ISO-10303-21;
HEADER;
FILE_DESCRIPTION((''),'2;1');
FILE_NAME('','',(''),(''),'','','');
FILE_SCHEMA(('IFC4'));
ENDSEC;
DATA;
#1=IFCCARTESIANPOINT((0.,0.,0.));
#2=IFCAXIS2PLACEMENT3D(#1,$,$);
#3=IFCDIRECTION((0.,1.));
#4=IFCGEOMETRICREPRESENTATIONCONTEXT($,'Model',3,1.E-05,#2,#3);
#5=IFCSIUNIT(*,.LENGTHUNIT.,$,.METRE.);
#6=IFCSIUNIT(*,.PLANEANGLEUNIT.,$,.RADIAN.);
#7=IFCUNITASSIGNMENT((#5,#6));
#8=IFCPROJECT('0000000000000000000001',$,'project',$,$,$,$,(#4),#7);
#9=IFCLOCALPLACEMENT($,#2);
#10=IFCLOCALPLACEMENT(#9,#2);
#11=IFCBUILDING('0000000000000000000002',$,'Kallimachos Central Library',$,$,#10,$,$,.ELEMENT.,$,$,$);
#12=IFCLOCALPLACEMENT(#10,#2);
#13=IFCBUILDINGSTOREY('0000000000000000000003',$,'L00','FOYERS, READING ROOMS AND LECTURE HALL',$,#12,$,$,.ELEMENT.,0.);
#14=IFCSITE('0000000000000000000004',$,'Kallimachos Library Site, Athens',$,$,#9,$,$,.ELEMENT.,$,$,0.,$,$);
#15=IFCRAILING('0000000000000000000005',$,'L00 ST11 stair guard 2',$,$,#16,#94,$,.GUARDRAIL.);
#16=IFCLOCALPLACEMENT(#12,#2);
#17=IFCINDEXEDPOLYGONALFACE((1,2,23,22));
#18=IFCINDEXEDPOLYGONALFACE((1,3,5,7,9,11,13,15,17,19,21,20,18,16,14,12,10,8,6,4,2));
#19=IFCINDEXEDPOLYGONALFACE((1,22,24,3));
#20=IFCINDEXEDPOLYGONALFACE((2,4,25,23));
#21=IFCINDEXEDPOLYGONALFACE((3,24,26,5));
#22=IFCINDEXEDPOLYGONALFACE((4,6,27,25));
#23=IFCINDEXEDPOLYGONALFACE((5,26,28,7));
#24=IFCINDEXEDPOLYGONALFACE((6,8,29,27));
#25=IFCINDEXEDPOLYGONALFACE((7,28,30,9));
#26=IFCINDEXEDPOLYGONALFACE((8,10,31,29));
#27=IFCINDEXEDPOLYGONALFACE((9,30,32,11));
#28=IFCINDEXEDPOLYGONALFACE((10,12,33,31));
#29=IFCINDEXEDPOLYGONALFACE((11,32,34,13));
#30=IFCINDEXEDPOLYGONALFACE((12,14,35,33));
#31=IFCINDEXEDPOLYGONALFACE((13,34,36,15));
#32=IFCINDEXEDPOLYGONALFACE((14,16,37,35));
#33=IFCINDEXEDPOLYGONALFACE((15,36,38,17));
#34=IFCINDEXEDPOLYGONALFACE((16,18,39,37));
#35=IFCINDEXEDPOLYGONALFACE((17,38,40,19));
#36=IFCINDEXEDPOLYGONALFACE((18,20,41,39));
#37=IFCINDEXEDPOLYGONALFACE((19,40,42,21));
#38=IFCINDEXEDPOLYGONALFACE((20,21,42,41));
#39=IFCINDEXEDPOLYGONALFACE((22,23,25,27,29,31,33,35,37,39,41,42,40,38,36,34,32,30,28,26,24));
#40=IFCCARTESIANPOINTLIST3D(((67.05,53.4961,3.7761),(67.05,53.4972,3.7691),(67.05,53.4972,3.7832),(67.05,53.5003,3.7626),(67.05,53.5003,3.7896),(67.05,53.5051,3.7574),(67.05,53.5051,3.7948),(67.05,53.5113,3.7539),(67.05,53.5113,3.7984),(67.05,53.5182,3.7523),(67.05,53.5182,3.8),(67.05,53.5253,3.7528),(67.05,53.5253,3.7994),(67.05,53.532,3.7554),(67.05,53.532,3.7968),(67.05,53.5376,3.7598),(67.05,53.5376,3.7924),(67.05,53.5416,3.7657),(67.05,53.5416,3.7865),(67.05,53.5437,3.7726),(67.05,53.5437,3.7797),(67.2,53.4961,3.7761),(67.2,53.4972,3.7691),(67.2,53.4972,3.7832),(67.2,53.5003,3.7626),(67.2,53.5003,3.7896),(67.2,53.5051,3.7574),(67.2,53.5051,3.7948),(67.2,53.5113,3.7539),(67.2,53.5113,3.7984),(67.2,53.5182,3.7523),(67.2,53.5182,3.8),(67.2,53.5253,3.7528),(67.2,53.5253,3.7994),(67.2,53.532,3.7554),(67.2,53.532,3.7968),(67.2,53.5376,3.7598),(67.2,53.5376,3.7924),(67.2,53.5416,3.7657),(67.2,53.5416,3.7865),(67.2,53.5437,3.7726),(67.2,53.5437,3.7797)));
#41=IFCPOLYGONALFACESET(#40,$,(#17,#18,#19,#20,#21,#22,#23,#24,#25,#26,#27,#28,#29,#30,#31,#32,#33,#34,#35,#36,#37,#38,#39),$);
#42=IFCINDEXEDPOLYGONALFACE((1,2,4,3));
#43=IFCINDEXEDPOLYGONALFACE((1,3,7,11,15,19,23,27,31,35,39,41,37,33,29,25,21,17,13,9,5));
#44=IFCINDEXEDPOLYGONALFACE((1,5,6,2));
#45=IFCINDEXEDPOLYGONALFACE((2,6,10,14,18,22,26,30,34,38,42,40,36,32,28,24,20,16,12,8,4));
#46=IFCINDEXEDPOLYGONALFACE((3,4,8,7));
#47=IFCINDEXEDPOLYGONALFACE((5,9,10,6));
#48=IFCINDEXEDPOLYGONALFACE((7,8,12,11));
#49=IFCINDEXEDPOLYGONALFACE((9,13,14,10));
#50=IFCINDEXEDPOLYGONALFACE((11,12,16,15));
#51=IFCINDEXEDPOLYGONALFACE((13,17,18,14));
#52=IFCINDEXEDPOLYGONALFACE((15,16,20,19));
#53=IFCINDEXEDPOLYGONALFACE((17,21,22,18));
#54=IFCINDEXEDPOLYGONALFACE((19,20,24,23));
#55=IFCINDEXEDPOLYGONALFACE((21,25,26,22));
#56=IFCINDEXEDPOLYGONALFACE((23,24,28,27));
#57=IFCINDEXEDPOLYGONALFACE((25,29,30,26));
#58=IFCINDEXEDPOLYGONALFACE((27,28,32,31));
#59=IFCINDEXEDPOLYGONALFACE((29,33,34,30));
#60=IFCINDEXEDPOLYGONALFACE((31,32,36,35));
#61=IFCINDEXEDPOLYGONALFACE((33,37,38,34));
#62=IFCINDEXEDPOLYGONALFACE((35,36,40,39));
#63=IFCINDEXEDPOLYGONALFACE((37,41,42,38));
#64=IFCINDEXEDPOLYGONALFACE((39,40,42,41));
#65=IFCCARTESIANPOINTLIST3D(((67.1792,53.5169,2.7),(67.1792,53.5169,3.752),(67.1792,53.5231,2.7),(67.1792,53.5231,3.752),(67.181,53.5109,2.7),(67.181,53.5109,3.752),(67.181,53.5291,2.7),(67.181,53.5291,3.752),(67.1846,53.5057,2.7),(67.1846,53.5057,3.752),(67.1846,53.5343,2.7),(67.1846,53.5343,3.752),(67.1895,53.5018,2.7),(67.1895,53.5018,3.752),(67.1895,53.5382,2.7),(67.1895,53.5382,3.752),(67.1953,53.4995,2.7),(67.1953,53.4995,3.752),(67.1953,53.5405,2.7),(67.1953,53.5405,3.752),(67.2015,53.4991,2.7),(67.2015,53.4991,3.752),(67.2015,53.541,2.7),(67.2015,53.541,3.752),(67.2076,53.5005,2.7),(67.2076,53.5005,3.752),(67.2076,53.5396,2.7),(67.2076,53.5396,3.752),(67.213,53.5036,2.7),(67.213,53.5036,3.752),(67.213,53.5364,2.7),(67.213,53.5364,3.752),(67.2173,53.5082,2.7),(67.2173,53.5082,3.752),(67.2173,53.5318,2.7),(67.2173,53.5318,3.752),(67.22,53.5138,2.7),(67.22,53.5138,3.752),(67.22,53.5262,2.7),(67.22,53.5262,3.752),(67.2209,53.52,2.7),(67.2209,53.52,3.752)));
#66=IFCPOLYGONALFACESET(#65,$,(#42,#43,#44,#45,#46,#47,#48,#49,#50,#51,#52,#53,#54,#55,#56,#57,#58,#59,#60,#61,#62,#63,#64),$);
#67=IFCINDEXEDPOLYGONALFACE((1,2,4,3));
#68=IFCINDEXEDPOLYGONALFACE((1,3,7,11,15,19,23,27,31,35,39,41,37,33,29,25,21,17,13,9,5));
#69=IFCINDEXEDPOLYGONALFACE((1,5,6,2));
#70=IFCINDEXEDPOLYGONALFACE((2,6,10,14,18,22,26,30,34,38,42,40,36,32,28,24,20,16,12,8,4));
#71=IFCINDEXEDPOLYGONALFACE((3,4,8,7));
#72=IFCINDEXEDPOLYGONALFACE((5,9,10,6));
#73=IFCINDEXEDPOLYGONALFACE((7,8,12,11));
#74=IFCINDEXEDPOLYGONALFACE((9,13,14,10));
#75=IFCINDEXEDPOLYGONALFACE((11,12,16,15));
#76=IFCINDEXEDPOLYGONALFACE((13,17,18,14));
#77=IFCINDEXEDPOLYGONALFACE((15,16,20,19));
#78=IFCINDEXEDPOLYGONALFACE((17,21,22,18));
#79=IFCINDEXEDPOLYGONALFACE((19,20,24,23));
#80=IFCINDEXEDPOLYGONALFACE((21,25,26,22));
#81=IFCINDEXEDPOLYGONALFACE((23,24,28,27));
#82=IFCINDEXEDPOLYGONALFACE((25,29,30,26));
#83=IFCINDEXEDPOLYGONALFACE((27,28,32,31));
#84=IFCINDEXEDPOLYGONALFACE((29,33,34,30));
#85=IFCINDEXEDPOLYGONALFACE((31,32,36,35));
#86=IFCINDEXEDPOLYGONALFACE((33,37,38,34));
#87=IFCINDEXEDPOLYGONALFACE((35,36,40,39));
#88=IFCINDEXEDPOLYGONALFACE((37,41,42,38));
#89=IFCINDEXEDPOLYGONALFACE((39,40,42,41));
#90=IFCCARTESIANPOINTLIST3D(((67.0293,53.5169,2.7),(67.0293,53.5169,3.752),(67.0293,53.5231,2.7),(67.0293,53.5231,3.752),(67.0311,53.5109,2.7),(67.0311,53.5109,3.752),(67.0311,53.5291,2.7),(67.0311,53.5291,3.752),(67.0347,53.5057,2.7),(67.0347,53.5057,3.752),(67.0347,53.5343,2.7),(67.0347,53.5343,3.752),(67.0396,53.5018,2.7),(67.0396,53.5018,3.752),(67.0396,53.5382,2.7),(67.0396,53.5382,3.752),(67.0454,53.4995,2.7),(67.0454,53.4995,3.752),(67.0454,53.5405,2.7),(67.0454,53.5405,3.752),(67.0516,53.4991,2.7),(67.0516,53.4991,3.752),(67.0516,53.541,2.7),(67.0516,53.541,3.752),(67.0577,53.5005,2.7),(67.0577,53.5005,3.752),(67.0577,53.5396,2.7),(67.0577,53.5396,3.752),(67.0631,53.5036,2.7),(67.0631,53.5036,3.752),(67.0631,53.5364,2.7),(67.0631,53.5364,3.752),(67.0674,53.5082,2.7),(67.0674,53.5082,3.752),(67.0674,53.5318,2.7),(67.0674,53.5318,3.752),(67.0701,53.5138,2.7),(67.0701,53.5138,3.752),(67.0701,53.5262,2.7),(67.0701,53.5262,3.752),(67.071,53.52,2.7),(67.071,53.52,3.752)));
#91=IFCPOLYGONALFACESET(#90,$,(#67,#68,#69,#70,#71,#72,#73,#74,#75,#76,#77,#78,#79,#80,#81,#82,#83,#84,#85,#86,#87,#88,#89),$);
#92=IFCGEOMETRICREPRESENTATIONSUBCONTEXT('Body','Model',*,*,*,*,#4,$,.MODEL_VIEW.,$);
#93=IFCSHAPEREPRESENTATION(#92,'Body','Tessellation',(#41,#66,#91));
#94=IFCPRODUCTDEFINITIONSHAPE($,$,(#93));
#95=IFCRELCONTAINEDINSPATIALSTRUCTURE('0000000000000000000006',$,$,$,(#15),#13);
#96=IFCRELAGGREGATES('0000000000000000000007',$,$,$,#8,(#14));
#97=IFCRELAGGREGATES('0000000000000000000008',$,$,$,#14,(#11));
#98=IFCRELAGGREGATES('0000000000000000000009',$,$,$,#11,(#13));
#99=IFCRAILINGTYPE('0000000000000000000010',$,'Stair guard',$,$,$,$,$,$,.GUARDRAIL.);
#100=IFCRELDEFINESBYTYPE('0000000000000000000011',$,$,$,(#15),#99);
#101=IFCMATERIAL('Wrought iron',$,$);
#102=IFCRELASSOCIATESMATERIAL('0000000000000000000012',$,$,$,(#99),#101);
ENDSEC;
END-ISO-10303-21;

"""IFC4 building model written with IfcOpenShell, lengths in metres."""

from ifc_helpers import new_model, si_unit, direction, frame, origin, origin_2d, place, context, subcontext, project, spatial, circle, extrude, material, type_object, element, save


model = new_model("IFC4")

# Units and contexts
model_context = context("Model", 3, precision=1e-05, world=origin(), true_north=direction((0.0, 1.0)))
body_context = subcontext(model_context, "Body", "Model", "MODEL_VIEW")
ifc_project = project(units=[si_unit("LENGTHUNIT", "METRE"), si_unit("PLANEANGLEUNIT", "RADIAN")], contexts=[model_context])

# Site, building, storey
site_placement = place(None, origin())
site = spatial("IfcSite", under=ifc_project, at=site_placement, Name="Kallimachos Library Site, Athens", CompositionType="ELEMENT", RefElevation=0.0)
building_placement = place(site_placement, origin())
building = spatial("IfcBuilding", under=site, at=building_placement, Name="Kallimachos Central Library", CompositionType="ELEMENT")
storey_placement = place(building_placement, origin())
storey = spatial("IfcBuildingStorey", under=building, at=storey_placement, Name="L00", Description="FOYERS, READING ROOMS AND LECTURE HALL", CompositionType="ELEMENT", Elevation=0.0)

# Railing
ifc_material_1 = material(Name="Wrought iron")
railing_type_1 = type_object("IfcRailingType", Name="Stair guard", PredefinedType="GUARDRAIL", material=ifc_material_1)
railing_1_placement = place(storey_placement, frame((67.2, 53.52, 2.7)))
element("IfcRailing", 1, at=railing_1_placement, inside=storey, type_object=railing_type_1, Name="L00 ST11 stair guard 2", PredefinedType="GUARDRAIL", context=body_context, shape_type="SweptSolid", body=[
    extrude(circle(Radius=0.0239, at=origin_2d()), frame((0.0, 0.0, 1.0762), z_axis=(-1.0, 0.0, 0.0), x_axis=(0.0, -1.0, 0.0)), (0.0, 0.0, 1.0), 0.1499),
    extrude(circle(Radius=0.021, at=origin_2d()), origin(), (0.0, 0.0, 1.0), 1.052),
    extrude(circle(Radius=0.021, at=origin_2d()), frame((-0.1499, 0.0, 0.0)), (0.0, 0.0, 1.0), 1.052),
])

save(model, "model.ifc")
